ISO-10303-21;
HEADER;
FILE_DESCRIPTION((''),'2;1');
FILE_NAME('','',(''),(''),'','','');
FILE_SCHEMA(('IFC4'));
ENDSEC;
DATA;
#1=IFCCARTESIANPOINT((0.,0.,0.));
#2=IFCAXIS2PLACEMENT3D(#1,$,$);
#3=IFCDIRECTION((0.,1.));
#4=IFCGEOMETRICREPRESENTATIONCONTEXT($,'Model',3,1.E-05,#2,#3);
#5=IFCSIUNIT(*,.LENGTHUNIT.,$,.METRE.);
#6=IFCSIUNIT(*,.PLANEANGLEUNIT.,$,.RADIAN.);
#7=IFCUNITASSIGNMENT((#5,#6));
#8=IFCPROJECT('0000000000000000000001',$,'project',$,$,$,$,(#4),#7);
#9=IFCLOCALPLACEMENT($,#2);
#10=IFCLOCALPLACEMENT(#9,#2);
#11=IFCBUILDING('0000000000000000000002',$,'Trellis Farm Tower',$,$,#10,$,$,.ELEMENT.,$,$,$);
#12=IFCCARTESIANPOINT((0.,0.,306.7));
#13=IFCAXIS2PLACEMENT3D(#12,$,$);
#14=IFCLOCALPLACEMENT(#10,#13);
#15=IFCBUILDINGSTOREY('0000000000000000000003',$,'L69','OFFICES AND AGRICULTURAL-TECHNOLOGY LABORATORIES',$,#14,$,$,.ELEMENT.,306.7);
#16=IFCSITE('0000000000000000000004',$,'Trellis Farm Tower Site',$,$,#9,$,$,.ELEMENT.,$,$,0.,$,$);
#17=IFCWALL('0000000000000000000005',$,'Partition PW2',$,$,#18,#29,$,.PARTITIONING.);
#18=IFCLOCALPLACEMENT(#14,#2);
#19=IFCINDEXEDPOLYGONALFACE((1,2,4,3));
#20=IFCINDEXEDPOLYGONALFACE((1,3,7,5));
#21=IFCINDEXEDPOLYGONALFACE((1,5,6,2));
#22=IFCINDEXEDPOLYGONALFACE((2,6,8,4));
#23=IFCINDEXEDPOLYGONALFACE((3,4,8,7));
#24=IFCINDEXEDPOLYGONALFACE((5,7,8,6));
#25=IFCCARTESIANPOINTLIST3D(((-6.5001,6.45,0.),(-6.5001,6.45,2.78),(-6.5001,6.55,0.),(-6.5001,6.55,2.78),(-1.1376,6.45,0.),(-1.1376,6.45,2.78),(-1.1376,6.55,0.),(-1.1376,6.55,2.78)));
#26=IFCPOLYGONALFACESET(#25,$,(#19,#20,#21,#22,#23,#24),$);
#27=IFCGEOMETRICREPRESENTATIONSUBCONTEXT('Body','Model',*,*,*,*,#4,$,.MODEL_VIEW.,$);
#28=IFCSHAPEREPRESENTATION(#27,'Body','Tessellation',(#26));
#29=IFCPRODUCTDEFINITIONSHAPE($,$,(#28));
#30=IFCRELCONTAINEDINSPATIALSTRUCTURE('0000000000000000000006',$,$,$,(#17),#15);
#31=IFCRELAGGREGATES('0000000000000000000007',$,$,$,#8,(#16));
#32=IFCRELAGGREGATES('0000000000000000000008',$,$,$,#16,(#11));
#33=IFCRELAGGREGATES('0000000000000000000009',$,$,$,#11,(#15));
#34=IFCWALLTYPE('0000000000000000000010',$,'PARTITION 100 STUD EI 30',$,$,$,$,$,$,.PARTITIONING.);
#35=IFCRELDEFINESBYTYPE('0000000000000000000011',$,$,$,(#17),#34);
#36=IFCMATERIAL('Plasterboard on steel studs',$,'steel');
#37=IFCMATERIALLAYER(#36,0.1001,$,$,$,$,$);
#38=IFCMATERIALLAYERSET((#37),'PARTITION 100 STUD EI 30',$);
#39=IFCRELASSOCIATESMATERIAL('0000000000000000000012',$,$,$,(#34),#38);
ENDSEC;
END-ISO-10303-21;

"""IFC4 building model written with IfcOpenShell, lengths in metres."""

from ifc_helpers import new_model, si_unit, direction, frame, frame_2d, origin, place, context, subcontext, project, spatial, rectangle, extrude, source, transform, mapped, material, layer, layer_set, type_object, element, save


model = new_model("IFC4")

# Units and contexts
model_context = context("Model", 3, precision=1e-05, world=origin(), true_north=direction((0.0, 1.0)))
body_context = subcontext(model_context, "Body", "Model", "MODEL_VIEW")
ifc_project = project(units=[si_unit("LENGTHUNIT", "METRE"), si_unit("PLANEANGLEUNIT", "RADIAN")], contexts=[model_context])

# Site, building, storey
site_placement = place(None, origin())
site = spatial("IfcSite", under=ifc_project, at=site_placement, Name="Trellis Farm Tower Site", CompositionType="ELEMENT", RefElevation=0.0)
building_placement = place(site_placement, origin())
building = spatial("IfcBuilding", under=site, at=building_placement, Name="Trellis Farm Tower", CompositionType="ELEMENT")
storey_placement = place(building_placement, frame((0.0, 0.0, 306.7)))
storey = spatial("IfcBuildingStorey", under=building, at=storey_placement, Name="L69", Description="OFFICES AND AGRICULTURAL-TECHNOLOGY LABORATORIES", CompositionType="ELEMENT", Elevation=306.7)

# Wall
ifc_material_1 = material(Name="Plasterboard on steel studs", Category="steel")
ifc_layer_1 = layer(ifc_material_1, 0.1001)
ifc_layer_set_1 = layer_set([ifc_layer_1], Name="PARTITION 100 STUD EI 30")
wall_type_1 = type_object("IfcWallType", Name="PARTITION 100 STUD EI 30", PredefinedType="PARTITIONING", material=ifc_layer_set_1)
shared_shape_1 = source(origin(), body_context, "Body", "SweptSolid", [
    extrude(rectangle(XDim=5.3625, YDim=0.1001, at=frame_2d((2.6812, 0.0))), origin(), (0.0, 0.0, 1.0), 2.78),
])
wall_1_placement = place(storey_placement, frame((-6.5, 6.5, 0.0), z_axis=(0.0, 0.0, 1.0), x_axis=(1.0, 0.0, 0.0)))
element("IfcWall", 1, at=wall_1_placement, inside=storey, type_object=wall_type_1, Name="Partition PW2", PredefinedType="PARTITIONING", context=body_context, shape_type="MappedRepresentation", body=[
    mapped(shared_shape_1, transform((0.0, 0.0, 0.0))),
])

save(model, "model.ifc")
